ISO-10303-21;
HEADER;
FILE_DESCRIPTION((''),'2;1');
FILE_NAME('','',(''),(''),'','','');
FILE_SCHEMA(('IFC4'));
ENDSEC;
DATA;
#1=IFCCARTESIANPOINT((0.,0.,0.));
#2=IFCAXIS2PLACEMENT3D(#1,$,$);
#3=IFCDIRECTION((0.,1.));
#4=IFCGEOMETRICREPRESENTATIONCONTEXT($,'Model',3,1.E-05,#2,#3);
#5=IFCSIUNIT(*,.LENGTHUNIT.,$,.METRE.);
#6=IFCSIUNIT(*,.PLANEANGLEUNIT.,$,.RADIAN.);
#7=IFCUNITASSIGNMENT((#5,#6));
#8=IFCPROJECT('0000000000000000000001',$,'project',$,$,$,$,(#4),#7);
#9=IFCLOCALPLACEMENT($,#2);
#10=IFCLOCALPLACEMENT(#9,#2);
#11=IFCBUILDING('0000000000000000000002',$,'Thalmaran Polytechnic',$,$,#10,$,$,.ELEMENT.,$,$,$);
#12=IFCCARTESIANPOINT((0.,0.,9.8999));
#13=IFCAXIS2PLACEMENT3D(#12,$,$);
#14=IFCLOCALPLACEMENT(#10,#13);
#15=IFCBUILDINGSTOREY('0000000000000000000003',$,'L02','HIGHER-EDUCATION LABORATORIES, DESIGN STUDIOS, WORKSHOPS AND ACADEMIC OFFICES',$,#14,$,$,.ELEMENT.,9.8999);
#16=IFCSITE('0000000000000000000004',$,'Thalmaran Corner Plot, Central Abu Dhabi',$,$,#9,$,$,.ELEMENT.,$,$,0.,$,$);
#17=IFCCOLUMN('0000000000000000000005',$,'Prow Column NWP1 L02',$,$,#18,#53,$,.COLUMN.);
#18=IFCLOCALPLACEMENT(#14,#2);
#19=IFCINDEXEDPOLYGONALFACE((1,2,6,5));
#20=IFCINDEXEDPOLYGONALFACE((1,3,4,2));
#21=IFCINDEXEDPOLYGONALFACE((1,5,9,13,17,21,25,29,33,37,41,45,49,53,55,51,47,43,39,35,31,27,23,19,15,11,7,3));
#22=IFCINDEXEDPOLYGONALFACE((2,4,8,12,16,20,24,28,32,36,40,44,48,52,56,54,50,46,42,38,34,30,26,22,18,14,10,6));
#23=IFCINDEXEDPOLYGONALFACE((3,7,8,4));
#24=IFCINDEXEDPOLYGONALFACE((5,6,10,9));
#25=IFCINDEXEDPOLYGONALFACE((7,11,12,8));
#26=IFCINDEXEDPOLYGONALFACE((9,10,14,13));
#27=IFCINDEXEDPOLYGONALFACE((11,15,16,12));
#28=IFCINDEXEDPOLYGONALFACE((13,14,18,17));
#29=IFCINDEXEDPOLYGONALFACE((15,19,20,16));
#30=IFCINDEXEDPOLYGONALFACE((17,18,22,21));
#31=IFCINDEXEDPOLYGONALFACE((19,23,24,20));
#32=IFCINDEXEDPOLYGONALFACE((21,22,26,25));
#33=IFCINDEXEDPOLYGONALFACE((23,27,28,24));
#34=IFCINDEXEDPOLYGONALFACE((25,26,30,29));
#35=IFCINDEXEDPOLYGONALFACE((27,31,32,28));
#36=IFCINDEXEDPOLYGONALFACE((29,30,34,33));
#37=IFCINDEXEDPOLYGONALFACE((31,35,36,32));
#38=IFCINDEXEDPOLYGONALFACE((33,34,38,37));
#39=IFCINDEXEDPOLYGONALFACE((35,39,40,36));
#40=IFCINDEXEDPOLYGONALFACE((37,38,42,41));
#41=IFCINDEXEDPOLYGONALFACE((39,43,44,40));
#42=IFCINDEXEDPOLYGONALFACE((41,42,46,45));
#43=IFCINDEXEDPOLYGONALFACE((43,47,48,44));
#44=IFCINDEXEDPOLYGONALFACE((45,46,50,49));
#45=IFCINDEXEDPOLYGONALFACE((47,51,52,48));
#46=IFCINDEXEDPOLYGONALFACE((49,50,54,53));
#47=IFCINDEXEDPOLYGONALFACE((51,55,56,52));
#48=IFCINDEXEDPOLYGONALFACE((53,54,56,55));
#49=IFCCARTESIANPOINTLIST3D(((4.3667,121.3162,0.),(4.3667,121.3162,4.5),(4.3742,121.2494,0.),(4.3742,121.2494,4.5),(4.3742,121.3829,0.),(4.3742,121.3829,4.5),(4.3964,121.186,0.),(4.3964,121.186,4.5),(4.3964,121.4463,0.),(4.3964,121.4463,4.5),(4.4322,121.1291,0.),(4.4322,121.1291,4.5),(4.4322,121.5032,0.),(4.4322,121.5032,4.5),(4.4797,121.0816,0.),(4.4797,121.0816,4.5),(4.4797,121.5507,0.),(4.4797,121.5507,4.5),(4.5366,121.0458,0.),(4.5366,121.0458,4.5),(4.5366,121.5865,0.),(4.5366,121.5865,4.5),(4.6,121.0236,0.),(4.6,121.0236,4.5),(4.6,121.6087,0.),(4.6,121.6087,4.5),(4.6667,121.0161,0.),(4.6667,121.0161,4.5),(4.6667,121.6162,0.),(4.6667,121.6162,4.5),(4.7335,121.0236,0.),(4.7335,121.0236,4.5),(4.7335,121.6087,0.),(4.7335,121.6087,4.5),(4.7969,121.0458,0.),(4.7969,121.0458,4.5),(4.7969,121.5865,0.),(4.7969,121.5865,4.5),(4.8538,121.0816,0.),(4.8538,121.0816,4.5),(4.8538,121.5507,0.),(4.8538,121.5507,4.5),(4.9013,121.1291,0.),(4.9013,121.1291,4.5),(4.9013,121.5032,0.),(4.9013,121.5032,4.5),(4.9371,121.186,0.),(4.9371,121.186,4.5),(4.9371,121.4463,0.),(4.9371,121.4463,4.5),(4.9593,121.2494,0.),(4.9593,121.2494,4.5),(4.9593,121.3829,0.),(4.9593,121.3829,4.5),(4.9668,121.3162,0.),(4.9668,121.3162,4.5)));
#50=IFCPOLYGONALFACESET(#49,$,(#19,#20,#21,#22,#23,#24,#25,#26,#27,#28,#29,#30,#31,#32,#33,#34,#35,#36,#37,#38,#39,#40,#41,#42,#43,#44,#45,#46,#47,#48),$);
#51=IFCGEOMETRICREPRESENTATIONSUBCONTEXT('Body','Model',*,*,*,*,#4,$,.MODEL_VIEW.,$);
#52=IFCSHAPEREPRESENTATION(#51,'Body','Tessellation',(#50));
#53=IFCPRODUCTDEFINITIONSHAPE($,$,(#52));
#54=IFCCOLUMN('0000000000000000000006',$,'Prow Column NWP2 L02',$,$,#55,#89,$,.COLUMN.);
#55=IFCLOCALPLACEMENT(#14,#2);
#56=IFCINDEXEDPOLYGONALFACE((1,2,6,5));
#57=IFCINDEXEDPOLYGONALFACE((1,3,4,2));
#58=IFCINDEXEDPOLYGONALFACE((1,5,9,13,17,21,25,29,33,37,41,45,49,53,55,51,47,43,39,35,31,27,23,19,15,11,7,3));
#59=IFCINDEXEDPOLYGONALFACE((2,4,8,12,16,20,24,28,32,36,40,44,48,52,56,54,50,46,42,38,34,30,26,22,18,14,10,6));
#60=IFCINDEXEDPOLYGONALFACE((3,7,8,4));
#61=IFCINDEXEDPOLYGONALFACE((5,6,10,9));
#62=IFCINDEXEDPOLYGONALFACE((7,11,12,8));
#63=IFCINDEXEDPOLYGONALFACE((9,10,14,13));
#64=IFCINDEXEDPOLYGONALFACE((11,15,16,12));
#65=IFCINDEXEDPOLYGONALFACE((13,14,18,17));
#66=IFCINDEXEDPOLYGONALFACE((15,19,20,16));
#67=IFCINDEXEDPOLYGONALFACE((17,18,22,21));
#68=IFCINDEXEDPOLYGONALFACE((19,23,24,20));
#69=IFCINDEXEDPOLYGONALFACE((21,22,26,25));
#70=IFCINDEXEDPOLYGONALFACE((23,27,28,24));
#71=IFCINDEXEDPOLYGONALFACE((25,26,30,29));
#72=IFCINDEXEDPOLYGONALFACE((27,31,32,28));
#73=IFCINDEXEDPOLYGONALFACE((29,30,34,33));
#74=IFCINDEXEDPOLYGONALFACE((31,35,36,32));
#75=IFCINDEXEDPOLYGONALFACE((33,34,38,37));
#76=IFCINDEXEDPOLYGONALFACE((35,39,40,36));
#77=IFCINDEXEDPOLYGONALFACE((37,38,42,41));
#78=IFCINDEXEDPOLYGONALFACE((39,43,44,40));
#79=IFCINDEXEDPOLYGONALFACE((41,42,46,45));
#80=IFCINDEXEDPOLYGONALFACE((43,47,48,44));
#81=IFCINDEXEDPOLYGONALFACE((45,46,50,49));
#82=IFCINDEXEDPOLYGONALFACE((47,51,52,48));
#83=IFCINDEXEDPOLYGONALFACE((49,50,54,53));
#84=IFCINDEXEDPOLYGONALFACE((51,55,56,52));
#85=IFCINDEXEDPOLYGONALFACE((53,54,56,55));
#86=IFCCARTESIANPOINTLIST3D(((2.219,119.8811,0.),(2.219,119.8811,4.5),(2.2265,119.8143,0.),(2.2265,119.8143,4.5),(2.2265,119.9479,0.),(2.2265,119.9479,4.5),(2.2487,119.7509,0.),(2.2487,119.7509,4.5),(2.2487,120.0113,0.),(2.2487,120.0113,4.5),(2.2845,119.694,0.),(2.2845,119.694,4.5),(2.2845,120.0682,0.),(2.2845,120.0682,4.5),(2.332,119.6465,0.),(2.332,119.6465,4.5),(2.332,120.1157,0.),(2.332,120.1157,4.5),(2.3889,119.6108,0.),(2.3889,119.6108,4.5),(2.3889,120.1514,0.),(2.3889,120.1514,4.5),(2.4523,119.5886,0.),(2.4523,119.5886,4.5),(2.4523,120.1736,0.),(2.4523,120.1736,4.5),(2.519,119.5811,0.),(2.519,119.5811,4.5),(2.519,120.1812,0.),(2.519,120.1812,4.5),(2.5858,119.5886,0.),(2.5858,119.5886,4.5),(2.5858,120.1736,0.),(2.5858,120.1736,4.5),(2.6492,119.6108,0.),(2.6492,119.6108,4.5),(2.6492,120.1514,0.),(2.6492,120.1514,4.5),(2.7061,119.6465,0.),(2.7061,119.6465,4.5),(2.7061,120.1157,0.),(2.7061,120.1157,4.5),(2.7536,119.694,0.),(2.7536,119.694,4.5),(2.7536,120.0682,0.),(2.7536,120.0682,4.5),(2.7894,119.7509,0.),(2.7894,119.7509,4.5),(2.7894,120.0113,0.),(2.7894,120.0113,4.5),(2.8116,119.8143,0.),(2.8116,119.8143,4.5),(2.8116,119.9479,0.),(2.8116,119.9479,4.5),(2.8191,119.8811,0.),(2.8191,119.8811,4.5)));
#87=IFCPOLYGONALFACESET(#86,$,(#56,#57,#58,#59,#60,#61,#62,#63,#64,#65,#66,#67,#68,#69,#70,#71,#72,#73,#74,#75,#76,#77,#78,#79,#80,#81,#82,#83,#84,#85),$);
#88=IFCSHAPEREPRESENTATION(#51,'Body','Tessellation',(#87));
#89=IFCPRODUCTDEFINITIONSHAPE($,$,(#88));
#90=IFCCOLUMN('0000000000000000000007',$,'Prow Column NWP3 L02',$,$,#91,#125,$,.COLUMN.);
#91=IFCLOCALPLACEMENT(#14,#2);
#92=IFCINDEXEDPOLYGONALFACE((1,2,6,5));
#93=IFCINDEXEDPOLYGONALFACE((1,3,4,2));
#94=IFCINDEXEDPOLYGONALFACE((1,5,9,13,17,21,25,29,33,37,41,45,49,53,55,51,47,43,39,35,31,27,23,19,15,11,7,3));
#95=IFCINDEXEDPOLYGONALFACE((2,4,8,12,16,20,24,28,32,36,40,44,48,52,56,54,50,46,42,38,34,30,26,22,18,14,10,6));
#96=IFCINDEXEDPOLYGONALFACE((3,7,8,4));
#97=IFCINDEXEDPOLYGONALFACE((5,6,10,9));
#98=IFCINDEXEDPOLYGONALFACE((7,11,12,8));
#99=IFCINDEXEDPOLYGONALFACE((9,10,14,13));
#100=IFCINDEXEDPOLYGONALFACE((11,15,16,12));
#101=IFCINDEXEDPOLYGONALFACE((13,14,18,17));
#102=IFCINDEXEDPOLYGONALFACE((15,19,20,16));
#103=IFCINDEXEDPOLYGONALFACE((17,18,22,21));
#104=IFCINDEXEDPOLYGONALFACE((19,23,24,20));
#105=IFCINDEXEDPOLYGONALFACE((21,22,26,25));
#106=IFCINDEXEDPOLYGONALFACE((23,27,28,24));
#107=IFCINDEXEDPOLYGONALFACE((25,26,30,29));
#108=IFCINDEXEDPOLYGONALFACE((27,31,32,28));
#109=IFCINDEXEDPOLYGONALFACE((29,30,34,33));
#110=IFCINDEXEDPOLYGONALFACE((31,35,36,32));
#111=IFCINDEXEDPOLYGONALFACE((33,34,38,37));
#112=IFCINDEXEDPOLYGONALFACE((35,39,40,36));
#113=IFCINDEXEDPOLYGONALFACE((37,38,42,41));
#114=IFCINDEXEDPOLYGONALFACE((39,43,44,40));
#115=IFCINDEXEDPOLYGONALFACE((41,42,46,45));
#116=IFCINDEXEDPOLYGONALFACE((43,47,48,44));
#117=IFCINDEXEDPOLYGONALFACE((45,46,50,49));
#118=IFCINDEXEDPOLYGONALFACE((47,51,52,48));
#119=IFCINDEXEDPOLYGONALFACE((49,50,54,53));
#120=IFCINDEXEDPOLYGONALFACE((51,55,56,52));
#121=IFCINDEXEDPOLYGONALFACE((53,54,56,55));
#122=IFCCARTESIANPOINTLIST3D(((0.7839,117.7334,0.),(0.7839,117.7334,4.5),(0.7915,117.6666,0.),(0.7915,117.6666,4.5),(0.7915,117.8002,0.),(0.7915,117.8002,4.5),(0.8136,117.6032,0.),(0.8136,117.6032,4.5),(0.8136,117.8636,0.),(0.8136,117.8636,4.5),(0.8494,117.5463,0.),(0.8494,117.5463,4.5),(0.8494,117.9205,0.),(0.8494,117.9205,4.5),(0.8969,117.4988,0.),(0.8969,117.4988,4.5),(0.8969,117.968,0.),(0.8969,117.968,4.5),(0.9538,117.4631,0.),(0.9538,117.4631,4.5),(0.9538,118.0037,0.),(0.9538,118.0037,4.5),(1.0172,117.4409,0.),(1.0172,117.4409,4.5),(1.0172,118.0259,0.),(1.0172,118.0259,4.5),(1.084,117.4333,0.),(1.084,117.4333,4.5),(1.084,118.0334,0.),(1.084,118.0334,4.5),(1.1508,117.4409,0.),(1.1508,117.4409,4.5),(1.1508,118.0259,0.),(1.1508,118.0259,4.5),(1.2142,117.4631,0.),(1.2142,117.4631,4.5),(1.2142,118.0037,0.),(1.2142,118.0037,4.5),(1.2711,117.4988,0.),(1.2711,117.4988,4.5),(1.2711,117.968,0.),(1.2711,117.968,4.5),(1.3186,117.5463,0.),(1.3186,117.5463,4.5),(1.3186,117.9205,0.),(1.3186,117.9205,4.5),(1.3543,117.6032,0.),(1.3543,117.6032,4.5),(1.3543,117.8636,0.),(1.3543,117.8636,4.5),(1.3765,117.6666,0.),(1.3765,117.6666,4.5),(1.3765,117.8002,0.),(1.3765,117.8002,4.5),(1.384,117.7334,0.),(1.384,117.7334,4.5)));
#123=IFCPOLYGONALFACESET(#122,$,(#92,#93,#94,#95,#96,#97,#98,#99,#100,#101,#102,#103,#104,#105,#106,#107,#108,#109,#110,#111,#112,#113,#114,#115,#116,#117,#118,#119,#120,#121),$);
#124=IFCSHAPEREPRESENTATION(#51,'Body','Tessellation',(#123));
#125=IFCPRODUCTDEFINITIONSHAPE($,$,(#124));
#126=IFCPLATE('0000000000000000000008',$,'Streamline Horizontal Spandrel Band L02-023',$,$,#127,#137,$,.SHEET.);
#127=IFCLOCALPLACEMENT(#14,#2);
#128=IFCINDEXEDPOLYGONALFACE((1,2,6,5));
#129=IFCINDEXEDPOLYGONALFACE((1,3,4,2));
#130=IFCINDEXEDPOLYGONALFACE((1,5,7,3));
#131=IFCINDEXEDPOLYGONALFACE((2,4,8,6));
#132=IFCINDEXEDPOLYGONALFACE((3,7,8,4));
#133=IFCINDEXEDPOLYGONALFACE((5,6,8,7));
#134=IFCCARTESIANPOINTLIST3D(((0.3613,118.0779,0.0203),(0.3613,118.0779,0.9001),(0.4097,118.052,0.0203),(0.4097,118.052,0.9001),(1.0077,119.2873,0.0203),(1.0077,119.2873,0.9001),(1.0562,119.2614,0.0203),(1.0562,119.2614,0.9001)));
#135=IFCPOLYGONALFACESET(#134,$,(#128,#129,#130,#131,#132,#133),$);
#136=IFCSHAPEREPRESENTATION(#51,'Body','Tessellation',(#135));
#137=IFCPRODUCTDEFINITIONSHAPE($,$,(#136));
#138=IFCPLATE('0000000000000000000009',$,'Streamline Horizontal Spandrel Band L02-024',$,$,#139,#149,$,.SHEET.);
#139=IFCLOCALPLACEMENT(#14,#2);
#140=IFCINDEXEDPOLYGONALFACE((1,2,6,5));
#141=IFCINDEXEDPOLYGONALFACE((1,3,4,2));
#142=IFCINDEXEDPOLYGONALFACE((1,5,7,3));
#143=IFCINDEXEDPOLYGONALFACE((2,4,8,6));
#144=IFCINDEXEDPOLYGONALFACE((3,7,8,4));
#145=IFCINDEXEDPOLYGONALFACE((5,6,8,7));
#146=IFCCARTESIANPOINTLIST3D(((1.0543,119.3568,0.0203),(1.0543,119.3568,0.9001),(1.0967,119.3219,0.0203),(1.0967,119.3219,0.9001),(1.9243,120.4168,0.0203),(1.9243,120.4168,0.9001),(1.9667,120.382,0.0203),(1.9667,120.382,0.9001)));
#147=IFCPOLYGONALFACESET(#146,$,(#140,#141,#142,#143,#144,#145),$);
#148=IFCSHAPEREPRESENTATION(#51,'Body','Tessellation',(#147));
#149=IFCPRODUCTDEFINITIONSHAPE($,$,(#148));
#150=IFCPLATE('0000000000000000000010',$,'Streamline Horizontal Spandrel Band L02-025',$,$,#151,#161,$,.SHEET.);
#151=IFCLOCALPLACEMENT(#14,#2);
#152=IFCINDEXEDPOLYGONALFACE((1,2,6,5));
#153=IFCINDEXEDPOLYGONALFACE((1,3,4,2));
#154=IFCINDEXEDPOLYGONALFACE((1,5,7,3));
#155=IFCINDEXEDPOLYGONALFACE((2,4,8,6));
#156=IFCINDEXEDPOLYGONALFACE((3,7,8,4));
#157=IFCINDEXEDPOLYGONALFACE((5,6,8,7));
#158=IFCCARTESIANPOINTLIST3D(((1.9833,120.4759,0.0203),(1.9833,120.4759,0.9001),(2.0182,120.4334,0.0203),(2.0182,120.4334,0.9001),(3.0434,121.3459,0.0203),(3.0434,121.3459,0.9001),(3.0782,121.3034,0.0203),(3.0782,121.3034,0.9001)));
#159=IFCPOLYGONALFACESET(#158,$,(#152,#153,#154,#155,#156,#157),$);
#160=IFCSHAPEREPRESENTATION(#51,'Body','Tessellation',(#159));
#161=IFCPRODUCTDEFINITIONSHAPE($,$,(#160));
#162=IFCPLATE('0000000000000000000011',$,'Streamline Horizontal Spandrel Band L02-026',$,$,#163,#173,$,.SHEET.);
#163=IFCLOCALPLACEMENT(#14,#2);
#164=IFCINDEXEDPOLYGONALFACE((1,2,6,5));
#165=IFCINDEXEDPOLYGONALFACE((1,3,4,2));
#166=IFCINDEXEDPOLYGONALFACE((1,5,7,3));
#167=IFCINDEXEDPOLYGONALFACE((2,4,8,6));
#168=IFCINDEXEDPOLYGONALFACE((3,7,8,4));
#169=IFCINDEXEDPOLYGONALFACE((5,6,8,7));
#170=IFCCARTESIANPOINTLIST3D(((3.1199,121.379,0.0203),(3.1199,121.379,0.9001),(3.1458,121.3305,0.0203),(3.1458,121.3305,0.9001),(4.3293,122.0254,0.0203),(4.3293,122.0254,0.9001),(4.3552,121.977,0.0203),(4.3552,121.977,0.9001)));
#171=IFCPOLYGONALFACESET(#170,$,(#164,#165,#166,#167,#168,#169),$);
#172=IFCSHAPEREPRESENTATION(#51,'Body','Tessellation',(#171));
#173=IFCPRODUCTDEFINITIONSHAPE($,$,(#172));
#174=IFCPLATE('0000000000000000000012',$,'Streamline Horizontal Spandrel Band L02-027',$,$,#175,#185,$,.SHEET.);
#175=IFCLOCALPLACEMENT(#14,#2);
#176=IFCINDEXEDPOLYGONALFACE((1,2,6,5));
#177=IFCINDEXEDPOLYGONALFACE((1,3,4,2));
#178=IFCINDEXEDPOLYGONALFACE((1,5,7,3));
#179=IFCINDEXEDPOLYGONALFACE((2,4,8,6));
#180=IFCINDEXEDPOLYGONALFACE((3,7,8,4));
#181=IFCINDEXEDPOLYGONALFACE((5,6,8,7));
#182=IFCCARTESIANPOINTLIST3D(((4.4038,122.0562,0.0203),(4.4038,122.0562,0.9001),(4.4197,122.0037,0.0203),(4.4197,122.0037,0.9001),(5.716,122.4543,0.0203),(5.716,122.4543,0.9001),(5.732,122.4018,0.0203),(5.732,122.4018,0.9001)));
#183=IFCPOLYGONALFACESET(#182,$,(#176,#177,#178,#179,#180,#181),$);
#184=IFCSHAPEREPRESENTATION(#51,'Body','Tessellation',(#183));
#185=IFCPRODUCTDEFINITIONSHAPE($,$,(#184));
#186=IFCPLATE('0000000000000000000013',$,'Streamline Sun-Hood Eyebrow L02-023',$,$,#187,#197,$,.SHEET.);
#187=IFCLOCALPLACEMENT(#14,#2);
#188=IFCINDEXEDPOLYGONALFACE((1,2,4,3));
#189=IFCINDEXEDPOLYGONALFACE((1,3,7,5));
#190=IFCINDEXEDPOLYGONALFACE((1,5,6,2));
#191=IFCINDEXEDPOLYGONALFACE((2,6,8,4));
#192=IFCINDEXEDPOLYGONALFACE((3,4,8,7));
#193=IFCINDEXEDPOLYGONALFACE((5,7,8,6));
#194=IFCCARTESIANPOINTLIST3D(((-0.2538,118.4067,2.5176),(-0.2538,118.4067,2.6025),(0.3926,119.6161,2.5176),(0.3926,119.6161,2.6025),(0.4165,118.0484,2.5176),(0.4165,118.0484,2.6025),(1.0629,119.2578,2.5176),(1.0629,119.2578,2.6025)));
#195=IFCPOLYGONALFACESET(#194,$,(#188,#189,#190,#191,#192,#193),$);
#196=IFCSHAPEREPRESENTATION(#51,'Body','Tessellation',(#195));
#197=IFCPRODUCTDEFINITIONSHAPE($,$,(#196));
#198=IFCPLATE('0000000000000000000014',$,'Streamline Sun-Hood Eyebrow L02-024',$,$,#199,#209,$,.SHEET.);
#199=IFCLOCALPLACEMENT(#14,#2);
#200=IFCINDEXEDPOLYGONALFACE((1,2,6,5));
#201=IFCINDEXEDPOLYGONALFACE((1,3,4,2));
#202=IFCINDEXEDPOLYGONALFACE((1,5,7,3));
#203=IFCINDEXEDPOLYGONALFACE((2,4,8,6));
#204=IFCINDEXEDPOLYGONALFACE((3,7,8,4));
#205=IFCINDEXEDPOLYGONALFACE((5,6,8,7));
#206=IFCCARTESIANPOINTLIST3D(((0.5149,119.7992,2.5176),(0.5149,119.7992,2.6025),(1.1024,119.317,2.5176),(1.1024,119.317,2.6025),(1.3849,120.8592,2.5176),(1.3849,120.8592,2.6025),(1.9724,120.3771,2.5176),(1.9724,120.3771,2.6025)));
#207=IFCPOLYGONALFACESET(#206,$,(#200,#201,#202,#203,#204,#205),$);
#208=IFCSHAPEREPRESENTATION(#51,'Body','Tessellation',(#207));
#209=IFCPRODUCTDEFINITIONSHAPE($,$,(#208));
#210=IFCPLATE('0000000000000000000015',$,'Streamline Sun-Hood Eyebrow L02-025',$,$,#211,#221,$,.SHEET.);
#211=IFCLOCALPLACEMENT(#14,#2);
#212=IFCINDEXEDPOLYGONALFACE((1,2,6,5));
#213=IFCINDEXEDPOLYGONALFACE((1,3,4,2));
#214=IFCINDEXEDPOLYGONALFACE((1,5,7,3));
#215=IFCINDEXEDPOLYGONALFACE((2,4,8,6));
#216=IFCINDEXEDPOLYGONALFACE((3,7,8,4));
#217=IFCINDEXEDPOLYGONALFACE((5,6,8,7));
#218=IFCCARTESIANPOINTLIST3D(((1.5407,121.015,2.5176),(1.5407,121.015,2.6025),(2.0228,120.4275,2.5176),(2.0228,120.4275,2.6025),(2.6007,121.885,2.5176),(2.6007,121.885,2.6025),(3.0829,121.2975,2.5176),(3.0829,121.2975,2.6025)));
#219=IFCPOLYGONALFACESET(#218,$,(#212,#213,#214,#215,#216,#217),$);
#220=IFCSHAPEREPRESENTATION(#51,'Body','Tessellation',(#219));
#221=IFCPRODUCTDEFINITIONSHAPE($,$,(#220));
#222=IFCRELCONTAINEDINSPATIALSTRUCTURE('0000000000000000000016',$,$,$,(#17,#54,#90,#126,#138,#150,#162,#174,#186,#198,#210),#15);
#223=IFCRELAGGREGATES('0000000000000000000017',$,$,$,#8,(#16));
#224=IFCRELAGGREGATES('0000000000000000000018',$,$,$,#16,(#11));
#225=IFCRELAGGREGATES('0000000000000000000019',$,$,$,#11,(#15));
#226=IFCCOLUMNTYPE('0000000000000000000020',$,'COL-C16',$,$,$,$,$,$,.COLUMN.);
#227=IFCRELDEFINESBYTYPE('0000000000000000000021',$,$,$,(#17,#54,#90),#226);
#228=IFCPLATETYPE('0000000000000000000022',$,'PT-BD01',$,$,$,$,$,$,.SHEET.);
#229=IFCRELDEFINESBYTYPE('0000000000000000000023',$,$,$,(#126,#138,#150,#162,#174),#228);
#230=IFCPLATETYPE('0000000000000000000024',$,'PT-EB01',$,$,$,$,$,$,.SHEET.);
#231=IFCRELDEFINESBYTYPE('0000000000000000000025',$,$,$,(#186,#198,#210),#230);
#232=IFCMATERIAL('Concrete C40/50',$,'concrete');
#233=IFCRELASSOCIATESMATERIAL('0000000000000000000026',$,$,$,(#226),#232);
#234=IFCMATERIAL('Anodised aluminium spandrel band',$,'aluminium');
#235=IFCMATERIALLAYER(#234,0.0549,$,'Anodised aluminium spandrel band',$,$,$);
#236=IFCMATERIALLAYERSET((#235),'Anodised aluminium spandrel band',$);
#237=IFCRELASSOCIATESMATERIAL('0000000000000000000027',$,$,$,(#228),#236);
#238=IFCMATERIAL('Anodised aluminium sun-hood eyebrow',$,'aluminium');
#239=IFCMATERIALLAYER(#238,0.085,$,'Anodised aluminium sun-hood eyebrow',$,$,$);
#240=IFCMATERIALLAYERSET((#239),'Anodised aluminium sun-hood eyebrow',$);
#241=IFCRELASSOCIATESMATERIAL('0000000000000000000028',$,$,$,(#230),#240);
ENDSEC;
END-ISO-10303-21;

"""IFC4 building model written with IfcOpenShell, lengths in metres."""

from ifc_helpers import new_model, si_unit, direction, frame, origin, origin_2d, place, context, subcontext, project, spatial, rectangle, circle, extrude, material, layer, layer_set, material_profile, profile_set, type_object, element, save


model = new_model("IFC4")

# Units and contexts
model_context = context("Model", 3, precision=1e-05, world=origin(), true_north=direction((0.0, 1.0)))
body_context = subcontext(model_context, "Body", "Model", "MODEL_VIEW")
ifc_project = project(units=[si_unit("LENGTHUNIT", "METRE"), si_unit("PLANEANGLEUNIT", "RADIAN")], contexts=[model_context])

# Site, building, storey
site_placement = place(None, origin())
site = spatial("IfcSite", under=ifc_project, at=site_placement, Name="Thalmaran Corner Plot, Central Abu Dhabi", CompositionType="ELEMENT", RefElevation=0.0)
building_placement = place(site_placement, origin())
building = spatial("IfcBuilding", under=site, at=building_placement, Name="Thalmaran Polytechnic", CompositionType="ELEMENT")
storey_placement = place(building_placement, frame((0.0, 0.0, 9.8999)))
storey = spatial("IfcBuildingStorey", under=building, at=storey_placement, Name="L02", Description="HIGHER-EDUCATION LABORATORIES, DESIGN STUDIOS, WORKSHOPS AND ACADEMIC OFFICES", CompositionType="ELEMENT", Elevation=9.8999)

# Columns
ifc_material_1 = material(Name="Concrete C40/50", Category="concrete")
ifc_material_profile = material_profile(ifc_material_1, circle(Radius=0.3, at=origin_2d()), Name="RC 600 DIA")
ifc_profile_set = profile_set([ifc_material_profile], Name="Concrete C40/50")
column_type = type_object("IfcColumnType", Name="COL-C16", PredefinedType="COLUMN", material=ifc_profile_set)
for number, where, z_axis, x_axis, name in (
    (1, (4.6667, 121.3162, 0.0), (0.0, 0.0, 1.0), (1.0, 0.0, 0.0), "Prow Column NWP1 L02"),
    (2, (2.519, 119.8811, 0.0), (0.0, 0.0, 1.0), (1.0, 0.0, 0.0), "Prow Column NWP2 L02"),
    (3, (1.084, 117.7334, 0.0), (0.0, 0.0, 1.0), (1.0, 0.0, 0.0), "Prow Column NWP3 L02"),
):
    element("IfcColumn", number, at=place(storey_placement, frame(where, z_axis=z_axis, x_axis=x_axis)), inside=storey, type_object=column_type, Name=name, PredefinedType="COLUMN", context=body_context, shape_type="SweptSolid", body=[
        extrude(circle(Radius=0.3, at=origin_2d()), origin(), (0.0, 0.0, 1.0), 4.5),
    ])

# Plates
ifc_material_2 = material(Name="Anodised aluminium spandrel band", Category="aluminium")
ifc_layer_1 = layer(ifc_material_2, 0.0549, Name="Anodised aluminium spandrel band")
ifc_layer_set_1 = layer_set([ifc_layer_1], Name="Anodised aluminium spandrel band")
plate_type_1 = type_object("IfcPlateType", Name="PT-BD01", PredefinedType="SHEET", material=ifc_layer_set_1)
for number, where, z_axis, x_axis, name in (
    (4, (0.7087, 118.6697, 0.0203), (0.0, 0.0, 1.0), (0.471397, 0.881921, 0.0), "Streamline Horizontal Spandrel Band L02-023"),
    (5, (1.5105, 119.8694, 0.0203), (0.0, 0.0, 1.0), (0.634393, 0.77301, 0.0), "Streamline Horizontal Spandrel Band L02-024"),
    (6, (2.5308, 120.8896, 0.0203), (0.0, 0.0, 1.0), (0.77301, 0.634393, 0.0), "Streamline Horizontal Spandrel Band L02-025"),
    (7, (3.7375, 121.678, 0.0203), (0.0, 0.0, 1.0), (0.881921, 0.471397, 0.0), "Streamline Horizontal Spandrel Band L02-026"),
    (8, (5.0679, 122.229, 0.0203), (0.0, 0.0, 1.0), (0.95694, 0.290285, 0.0), "Streamline Horizontal Spandrel Band L02-027"),
):
    element("IfcPlate", number, at=place(storey_placement, frame(where, z_axis=z_axis, x_axis=x_axis)), inside=storey, type_object=plate_type_1, Name=name, PredefinedType="SHEET", context=body_context, shape_type="SweptSolid", body=[
        extrude(rectangle(XDim=1.3713, YDim=0.0549, at=origin_2d()), origin(), (0.0, 0.0, 1.0), 0.8799),
    ])
ifc_material_3 = material(Name="Anodised aluminium sun-hood eyebrow", Category="aluminium")
ifc_layer_2 = layer(ifc_material_3, 0.085, Name="Anodised aluminium sun-hood eyebrow")
ifc_layer_set_2 = layer_set([ifc_layer_2], Name="Anodised aluminium sun-hood eyebrow")
plate_type_2 = type_object("IfcPlateType", Name="PT-EB01", PredefinedType="SHEET", material=ifc_layer_set_2)
for number, where, z_axis, x_axis, name in (
    (9, (0.4045, 118.8323, 2.5176), (0.0, 0.0, 1.0), (0.471397, 0.881921, 0.0), "Streamline Sun-Hood Eyebrow L02-023"),
    (10, (1.2437, 120.0881, 2.5176), (0.0, 0.0, 1.0), (0.634393, 0.77301, 0.0), "Streamline Sun-Hood Eyebrow L02-024"),
    (11, (2.3118, 121.1562, 2.5176), (0.0, 0.0, 1.0), (0.77301, 0.634393, 0.0), "Streamline Sun-Hood Eyebrow L02-025"),
):
    element("IfcPlate", number, at=place(storey_placement, frame(where, z_axis=z_axis, x_axis=x_axis)), inside=storey, type_object=plate_type_2, Name=name, PredefinedType="SHEET", context=body_context, shape_type="SweptSolid", body=[
        extrude(rectangle(XDim=1.3713, YDim=0.76, at=origin_2d()), origin(), (0.0, 0.0, 1.0), 0.085),
    ])

save(model, "model.ifc")
